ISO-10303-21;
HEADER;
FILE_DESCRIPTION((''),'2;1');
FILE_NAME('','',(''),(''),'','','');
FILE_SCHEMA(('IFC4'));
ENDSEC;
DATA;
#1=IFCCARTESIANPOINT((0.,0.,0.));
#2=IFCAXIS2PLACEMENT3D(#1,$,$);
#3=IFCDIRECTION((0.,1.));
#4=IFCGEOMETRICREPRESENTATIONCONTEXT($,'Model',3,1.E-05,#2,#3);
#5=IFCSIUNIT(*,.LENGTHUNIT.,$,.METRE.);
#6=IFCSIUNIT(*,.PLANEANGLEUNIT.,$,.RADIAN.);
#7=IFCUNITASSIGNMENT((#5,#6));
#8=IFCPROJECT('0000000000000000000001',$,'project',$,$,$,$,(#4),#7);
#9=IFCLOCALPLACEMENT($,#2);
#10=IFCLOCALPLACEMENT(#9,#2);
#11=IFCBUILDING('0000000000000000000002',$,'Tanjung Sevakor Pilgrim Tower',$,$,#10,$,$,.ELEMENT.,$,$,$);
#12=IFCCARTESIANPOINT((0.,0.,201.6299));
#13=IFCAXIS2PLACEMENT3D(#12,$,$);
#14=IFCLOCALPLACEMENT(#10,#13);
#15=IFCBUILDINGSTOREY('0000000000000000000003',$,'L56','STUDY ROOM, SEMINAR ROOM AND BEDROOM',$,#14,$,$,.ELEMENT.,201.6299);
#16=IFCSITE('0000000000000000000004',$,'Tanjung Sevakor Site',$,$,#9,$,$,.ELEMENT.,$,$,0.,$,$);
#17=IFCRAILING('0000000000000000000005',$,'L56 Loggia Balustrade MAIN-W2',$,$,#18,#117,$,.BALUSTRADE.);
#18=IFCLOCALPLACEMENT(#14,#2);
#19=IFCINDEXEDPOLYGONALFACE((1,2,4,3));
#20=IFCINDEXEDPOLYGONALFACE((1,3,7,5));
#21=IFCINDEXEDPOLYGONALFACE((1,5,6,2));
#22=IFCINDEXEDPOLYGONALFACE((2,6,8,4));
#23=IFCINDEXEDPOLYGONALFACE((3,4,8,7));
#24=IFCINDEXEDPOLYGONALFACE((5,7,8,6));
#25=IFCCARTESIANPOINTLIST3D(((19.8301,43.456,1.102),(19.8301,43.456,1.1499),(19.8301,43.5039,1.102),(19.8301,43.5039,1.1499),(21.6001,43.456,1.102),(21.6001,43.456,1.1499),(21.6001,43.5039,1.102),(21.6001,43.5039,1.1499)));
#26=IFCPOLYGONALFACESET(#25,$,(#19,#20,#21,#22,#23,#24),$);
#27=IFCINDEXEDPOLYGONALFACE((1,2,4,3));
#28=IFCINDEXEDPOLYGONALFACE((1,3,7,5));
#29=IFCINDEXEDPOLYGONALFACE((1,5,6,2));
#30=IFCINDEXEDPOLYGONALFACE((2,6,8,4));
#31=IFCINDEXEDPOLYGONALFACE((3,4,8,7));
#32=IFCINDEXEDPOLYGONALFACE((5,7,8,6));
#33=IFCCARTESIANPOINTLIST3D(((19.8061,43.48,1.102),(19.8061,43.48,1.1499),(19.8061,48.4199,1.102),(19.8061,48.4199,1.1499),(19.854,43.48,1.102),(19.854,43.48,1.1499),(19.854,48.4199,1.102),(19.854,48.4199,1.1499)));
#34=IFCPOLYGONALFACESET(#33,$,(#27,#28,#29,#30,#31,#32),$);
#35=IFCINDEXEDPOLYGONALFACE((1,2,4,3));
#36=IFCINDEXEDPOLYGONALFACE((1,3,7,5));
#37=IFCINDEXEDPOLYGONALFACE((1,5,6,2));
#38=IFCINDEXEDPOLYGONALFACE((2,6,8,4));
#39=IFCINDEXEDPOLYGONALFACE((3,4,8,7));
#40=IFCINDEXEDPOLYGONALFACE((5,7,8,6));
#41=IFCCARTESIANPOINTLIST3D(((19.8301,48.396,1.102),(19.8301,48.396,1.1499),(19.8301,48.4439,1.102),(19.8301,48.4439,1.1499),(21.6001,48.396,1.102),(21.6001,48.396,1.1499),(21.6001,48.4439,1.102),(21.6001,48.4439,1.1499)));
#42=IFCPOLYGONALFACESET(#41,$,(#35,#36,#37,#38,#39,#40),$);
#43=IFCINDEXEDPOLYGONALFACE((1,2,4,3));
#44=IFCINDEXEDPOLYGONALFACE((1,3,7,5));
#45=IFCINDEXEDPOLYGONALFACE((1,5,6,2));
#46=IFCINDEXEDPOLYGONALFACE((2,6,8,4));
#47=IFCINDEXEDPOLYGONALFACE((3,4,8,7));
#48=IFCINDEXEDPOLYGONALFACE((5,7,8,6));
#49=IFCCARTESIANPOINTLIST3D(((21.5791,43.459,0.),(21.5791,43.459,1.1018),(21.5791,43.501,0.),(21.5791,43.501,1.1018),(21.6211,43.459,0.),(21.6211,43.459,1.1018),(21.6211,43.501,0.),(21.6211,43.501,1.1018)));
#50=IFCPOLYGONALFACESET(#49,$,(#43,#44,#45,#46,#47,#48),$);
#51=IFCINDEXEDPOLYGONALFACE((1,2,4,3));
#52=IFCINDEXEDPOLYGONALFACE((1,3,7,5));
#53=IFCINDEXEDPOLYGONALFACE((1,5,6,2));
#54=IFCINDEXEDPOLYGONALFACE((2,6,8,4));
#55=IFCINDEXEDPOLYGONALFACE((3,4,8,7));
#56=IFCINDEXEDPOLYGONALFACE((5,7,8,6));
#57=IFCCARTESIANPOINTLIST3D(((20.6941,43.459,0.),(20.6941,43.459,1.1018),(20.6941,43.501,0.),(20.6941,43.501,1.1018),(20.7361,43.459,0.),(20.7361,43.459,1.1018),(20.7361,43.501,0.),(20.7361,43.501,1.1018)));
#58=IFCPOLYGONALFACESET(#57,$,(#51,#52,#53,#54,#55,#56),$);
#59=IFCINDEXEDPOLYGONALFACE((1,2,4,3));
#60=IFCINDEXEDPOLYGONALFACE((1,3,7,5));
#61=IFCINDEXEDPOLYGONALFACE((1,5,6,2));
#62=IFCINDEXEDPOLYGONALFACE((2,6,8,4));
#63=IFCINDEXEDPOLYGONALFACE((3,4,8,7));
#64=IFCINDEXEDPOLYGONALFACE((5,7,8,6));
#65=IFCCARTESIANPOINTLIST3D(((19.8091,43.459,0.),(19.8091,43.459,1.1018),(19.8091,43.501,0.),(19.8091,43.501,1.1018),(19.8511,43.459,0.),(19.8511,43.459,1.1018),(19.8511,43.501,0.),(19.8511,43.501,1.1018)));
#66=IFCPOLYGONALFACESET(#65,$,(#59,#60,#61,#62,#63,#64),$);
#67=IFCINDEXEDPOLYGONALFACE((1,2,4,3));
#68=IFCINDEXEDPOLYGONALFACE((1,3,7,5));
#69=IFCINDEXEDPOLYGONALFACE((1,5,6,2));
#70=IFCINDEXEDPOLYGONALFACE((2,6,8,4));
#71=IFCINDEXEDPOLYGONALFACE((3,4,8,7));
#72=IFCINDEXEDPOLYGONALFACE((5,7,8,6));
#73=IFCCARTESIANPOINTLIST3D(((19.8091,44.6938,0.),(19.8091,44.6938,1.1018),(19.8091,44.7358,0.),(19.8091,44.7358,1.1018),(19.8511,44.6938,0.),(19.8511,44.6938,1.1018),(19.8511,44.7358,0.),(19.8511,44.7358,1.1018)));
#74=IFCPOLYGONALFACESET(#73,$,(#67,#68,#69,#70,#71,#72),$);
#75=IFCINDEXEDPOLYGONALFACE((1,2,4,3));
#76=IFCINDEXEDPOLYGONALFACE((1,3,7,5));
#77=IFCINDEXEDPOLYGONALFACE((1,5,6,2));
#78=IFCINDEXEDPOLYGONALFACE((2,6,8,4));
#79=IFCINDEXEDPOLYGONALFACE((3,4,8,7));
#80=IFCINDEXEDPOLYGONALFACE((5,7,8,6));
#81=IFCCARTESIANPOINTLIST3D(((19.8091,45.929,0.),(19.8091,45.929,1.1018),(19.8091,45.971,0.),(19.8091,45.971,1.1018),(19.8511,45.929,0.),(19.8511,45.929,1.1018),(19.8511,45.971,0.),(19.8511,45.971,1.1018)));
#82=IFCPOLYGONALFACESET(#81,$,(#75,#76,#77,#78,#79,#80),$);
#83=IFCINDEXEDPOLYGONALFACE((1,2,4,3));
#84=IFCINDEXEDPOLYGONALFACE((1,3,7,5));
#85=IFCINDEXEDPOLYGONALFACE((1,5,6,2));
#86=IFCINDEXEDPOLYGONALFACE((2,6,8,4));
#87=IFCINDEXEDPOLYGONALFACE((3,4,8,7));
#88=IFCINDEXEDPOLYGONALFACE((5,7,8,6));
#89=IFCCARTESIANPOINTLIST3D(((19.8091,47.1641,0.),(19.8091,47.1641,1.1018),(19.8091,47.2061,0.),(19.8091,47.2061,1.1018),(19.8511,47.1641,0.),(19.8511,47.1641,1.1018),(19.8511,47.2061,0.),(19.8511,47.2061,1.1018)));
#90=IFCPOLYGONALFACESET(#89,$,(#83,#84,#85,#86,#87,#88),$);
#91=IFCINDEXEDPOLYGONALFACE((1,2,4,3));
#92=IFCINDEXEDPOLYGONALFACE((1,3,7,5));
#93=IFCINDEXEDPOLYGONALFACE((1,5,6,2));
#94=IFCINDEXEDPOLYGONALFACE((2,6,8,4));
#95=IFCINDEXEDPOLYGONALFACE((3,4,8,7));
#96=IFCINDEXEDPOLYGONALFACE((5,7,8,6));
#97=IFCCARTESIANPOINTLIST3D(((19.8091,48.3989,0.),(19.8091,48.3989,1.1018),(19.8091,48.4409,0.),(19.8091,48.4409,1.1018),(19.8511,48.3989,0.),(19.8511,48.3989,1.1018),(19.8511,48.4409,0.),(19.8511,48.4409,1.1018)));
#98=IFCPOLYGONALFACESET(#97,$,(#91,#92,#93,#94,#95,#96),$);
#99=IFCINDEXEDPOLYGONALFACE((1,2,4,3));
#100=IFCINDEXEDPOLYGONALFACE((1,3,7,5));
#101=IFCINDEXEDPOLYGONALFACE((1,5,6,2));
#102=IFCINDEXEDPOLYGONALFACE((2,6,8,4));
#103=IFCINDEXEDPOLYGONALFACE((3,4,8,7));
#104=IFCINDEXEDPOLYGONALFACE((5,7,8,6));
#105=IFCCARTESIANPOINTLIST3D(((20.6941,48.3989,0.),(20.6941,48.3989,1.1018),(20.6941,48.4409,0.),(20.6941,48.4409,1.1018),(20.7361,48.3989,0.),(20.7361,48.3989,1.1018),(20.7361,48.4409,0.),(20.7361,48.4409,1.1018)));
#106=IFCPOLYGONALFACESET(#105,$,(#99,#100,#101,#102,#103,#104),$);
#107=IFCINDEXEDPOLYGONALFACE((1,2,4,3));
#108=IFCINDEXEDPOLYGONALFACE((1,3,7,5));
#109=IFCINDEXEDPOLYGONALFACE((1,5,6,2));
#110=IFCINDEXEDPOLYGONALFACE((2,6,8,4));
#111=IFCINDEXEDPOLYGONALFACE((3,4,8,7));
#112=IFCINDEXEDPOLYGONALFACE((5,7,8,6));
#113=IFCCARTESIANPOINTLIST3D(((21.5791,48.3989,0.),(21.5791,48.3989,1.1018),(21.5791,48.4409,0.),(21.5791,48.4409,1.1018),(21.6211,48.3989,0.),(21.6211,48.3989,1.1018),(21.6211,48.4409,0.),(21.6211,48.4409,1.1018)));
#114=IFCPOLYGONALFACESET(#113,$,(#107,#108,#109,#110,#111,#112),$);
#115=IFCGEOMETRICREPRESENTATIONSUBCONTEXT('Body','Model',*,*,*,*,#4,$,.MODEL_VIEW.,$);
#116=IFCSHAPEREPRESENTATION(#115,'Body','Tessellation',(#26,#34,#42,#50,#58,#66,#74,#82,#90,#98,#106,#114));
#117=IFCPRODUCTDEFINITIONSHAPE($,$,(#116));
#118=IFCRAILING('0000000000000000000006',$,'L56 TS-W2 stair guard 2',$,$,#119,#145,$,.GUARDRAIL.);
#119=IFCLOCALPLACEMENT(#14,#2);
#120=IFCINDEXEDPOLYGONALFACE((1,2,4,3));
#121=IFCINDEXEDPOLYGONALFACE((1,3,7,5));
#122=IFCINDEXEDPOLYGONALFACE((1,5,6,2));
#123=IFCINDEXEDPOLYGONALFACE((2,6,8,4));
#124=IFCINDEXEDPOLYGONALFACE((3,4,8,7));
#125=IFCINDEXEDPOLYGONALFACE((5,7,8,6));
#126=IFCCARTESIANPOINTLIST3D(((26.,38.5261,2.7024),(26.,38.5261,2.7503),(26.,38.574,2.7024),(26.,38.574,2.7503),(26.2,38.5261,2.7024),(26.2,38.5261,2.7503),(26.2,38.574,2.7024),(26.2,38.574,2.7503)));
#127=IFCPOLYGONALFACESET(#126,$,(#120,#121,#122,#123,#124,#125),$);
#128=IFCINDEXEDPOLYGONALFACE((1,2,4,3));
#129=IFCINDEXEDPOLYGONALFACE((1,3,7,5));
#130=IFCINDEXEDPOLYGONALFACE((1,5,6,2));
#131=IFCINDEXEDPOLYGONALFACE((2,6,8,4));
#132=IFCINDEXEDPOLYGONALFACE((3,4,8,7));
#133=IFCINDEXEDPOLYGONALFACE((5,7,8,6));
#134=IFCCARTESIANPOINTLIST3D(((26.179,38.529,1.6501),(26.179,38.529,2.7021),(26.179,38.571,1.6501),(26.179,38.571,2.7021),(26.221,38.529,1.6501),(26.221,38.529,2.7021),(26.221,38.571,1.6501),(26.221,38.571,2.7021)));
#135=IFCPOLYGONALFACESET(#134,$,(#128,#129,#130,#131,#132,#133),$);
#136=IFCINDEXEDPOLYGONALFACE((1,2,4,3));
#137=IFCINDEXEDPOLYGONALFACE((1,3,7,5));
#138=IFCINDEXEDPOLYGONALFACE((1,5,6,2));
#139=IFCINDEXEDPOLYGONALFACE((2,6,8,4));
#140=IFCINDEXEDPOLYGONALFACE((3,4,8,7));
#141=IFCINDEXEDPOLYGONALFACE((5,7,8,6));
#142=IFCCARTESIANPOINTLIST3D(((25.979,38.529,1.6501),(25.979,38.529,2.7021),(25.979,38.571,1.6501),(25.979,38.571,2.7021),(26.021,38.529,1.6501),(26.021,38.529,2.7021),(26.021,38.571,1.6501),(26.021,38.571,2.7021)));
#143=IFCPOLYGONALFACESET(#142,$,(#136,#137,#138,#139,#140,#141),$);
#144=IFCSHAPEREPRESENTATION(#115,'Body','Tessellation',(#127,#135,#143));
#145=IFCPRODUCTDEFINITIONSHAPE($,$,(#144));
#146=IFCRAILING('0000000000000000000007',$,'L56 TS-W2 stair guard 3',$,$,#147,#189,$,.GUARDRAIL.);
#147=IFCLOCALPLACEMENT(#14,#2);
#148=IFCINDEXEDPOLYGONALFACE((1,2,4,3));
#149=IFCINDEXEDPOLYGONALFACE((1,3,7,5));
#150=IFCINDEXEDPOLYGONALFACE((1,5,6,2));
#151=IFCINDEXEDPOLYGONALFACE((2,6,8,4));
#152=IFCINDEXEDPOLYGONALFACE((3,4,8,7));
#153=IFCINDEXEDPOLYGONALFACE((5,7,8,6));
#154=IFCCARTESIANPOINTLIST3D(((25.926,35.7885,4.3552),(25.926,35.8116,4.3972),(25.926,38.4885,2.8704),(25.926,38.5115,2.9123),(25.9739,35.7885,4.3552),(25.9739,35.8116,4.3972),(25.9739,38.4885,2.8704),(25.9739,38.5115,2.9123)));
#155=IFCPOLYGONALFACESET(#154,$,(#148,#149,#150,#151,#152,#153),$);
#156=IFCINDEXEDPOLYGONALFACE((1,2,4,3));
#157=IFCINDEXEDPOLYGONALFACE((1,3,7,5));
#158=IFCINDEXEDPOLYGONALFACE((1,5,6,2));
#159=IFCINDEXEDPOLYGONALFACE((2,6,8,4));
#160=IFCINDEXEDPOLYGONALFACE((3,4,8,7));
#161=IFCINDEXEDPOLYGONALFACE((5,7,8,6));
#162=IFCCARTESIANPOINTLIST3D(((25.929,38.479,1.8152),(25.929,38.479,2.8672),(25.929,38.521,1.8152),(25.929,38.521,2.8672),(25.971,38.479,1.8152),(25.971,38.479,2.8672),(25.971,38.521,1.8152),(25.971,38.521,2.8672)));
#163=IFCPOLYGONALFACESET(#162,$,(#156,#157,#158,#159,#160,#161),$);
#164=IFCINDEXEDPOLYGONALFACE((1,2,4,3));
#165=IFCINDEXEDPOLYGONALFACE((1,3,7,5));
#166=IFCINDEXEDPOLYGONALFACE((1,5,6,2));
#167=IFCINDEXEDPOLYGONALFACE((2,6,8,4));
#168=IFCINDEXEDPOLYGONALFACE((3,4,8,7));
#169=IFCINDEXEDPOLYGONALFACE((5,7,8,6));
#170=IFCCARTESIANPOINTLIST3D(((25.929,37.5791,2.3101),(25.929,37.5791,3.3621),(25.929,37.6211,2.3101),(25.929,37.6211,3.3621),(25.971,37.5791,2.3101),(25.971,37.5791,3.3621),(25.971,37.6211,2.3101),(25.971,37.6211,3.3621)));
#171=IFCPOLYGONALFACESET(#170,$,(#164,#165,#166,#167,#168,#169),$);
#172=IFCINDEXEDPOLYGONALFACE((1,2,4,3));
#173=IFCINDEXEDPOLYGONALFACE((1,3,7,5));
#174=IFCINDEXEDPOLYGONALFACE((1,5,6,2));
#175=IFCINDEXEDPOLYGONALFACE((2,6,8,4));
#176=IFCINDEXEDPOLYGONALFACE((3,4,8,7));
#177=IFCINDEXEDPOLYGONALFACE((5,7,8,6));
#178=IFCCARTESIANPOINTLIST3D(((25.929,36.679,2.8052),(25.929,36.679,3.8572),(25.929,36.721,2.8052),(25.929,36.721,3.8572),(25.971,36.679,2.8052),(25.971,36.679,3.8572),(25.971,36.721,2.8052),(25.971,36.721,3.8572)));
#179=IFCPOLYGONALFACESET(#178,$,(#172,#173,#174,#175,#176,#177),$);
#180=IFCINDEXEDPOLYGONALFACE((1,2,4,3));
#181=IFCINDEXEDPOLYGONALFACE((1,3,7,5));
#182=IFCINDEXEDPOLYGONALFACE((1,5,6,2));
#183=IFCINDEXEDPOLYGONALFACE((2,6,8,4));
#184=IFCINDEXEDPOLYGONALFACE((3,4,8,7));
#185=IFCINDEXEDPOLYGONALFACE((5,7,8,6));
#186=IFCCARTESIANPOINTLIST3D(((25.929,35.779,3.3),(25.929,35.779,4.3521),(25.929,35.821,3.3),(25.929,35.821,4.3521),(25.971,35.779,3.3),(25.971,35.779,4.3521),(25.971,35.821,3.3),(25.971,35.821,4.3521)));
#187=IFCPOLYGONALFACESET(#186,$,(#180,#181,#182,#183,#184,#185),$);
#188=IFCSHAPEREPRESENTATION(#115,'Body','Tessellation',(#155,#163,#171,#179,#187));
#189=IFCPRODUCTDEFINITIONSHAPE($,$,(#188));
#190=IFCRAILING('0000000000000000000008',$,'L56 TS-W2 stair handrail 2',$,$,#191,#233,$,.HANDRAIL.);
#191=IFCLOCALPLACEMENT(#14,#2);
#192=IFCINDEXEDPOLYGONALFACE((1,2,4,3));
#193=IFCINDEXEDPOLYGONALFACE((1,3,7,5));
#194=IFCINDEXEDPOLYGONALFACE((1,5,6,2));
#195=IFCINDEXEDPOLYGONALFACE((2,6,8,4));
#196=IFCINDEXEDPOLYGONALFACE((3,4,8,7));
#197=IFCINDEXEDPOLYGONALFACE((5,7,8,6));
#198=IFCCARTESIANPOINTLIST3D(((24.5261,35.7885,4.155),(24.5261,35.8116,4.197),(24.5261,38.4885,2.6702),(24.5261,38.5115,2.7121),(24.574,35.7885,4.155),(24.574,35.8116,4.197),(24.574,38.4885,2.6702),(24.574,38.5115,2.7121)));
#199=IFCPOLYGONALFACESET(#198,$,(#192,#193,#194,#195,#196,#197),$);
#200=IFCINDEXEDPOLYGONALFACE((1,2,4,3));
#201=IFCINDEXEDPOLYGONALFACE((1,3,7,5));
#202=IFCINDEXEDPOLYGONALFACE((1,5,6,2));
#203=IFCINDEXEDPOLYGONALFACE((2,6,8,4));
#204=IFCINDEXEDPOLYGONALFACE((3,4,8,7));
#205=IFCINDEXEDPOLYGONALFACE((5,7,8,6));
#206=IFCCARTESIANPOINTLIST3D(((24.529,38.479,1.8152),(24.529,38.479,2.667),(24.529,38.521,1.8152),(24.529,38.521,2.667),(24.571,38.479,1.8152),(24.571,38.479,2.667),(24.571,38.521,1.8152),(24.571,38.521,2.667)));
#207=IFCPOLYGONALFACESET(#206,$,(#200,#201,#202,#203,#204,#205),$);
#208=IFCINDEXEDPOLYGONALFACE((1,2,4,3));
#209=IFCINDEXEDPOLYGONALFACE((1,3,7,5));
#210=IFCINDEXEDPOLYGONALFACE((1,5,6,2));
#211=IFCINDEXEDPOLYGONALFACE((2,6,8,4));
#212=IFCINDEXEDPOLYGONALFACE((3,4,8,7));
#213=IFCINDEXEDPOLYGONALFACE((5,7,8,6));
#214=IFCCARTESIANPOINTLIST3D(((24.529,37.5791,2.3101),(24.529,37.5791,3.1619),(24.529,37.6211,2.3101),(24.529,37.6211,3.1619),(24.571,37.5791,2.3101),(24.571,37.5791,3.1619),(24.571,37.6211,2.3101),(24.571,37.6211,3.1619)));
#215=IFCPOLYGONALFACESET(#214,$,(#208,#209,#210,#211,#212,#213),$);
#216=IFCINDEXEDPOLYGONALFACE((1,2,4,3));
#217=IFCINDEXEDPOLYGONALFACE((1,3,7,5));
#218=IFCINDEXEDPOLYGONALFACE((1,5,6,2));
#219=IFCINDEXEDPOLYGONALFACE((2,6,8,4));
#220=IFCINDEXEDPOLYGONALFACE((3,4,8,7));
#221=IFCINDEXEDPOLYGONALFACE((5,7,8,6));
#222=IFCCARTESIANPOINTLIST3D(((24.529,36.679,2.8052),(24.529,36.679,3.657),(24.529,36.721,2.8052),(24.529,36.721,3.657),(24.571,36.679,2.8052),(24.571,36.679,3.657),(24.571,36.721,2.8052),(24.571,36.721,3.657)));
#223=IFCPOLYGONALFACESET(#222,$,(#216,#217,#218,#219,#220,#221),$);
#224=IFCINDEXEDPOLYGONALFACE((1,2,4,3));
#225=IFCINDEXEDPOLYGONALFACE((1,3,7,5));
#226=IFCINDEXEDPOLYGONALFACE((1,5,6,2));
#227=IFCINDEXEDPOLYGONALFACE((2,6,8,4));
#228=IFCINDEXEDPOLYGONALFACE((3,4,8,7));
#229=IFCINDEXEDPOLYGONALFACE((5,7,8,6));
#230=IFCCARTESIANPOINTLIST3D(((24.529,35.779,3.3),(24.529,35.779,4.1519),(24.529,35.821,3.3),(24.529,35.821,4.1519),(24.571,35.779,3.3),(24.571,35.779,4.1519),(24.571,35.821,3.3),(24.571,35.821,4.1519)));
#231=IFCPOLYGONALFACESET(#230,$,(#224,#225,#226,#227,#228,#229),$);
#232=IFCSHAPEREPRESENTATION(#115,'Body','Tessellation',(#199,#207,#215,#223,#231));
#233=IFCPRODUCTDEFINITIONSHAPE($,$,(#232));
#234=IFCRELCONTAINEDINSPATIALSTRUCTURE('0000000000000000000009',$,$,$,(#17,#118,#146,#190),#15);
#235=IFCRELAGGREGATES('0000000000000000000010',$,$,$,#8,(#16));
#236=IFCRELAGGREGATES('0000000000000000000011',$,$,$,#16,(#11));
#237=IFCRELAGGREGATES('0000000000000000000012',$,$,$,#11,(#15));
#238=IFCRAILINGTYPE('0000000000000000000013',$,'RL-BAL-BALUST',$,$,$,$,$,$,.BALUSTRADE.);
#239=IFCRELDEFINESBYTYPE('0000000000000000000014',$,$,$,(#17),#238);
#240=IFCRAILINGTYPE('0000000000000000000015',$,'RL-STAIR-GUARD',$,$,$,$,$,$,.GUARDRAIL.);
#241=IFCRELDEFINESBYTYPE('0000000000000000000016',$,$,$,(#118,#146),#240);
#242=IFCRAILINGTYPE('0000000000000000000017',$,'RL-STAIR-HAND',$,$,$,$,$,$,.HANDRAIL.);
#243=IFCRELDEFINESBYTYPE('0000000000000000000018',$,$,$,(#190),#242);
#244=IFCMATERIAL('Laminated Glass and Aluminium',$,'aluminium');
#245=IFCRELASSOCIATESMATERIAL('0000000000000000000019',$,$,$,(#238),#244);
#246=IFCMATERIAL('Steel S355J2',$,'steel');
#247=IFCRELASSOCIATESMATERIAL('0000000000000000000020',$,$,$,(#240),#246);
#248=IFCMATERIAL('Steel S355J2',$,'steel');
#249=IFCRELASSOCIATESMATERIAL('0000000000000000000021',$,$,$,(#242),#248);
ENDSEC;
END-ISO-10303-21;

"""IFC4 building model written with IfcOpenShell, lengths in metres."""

from ifc_helpers import new_model, si_unit, direction, frame, origin, place, context, subcontext, project, spatial, rectangle, extrude, material, type_object, element, save


model = new_model("IFC4")

# Units and contexts
model_context = context("Model", 3, precision=1e-05, world=origin(), true_north=direction((0.0, 1.0)))
body_context = subcontext(model_context, "Body", "Model", "MODEL_VIEW")
ifc_project = project(units=[si_unit("LENGTHUNIT", "METRE"), si_unit("PLANEANGLEUNIT", "RADIAN")], contexts=[model_context])

# Site, building, storey
site_placement = place(None, origin())
site = spatial("IfcSite", under=ifc_project, at=site_placement, Name="Tanjung Sevakor Site", CompositionType="ELEMENT", RefElevation=0.0)
building_placement = place(site_placement, origin())
building = spatial("IfcBuilding", under=site, at=building_placement, Name="Tanjung Sevakor Pilgrim Tower", CompositionType="ELEMENT")
storey_placement = place(building_placement, frame((0.0, 0.0, 201.6299)))
storey = spatial("IfcBuildingStorey", under=building, at=storey_placement, Name="L56", Description="STUDY ROOM, SEMINAR ROOM AND BEDROOM", CompositionType="ELEMENT", Elevation=201.6299)

# Railings
ifc_material_1 = material(Name="Laminated Glass and Aluminium", Category="aluminium")
railing_type_1 = type_object("IfcRailingType", Name="RL-BAL-BALUST", PredefinedType="BALUSTRADE", material=ifc_material_1)
railing_1_placement = place(storey_placement, frame((21.6001, 43.48, 0.0)))
element("IfcRailing", 1, at=railing_1_placement, inside=storey, type_object=railing_type_1, Name="L56 Loggia Balustrade MAIN-W2", PredefinedType="BALUSTRADE", context=body_context, shape_type="SweptSolid", body=[
    extrude(rectangle(XDim=0.0479, YDim=0.0479), frame((0.0, 0.0, 1.126), z_axis=(-1.0, 0.0, 0.0), x_axis=(0.0, -1.0, 0.0)), (0.0, 0.0, 1.0), 1.77),
    extrude(rectangle(XDim=0.0479, YDim=0.0479), frame((-1.77, 0.0, 1.126), z_axis=(0.0, 1.0, 0.0), x_axis=(-1.0, 0.0, 0.0)), (0.0, 0.0, 1.0), 4.9399),
    extrude(rectangle(XDim=0.0479, YDim=0.0479), frame((-1.77, 4.9399, 1.126), z_axis=(1.0, 0.0, 0.0), x_axis=(0.0, 1.0, 0.0)), (0.0, 0.0, 1.0), 1.77),
    extrude(rectangle(XDim=0.042, YDim=0.042), origin(), (0.0, 0.0, 1.0), 1.1018),
    extrude(rectangle(XDim=0.042, YDim=0.042), frame((-0.885, 0.0, 0.0)), (0.0, 0.0, 1.0), 1.1018),
    extrude(rectangle(XDim=0.042, YDim=0.042), frame((-1.77, 0.0, 0.0)), (0.0, 0.0, 1.0), 1.1018),
    extrude(rectangle(XDim=0.042, YDim=0.042), frame((-1.77, 1.2349, 0.0)), (0.0, 0.0, 1.0), 1.1018),
    extrude(rectangle(XDim=0.042, YDim=0.042), frame((-1.77, 2.47, 0.0)), (0.0, 0.0, 1.0), 1.1018),
    extrude(rectangle(XDim=0.042, YDim=0.042), frame((-1.77, 3.7051, 0.0)), (0.0, 0.0, 1.0), 1.1018),
    extrude(rectangle(XDim=0.042, YDim=0.042), frame((-1.77, 4.9399, 0.0)), (0.0, 0.0, 1.0), 1.1018),
    extrude(rectangle(XDim=0.042, YDim=0.042), frame((-0.885, 4.9399, 0.0)), (0.0, 0.0, 1.0), 1.1018),
    extrude(rectangle(XDim=0.042, YDim=0.042), frame((0.0, 4.9399, 0.0)), (0.0, 0.0, 1.0), 1.1018),
])
ifc_material_2 = material(Name="Steel S355J2", Category="steel")
railing_type_2 = type_object("IfcRailingType", Name="RL-STAIR-GUARD", PredefinedType="GUARDRAIL", material=ifc_material_2)
railing_2_placement = place(storey_placement, frame((26.2, 38.55, 1.6501)))
element("IfcRailing", 2, at=railing_2_placement, inside=storey, type_object=railing_type_2, Name="L56 TS-W2 stair guard 2", PredefinedType="GUARDRAIL", context=body_context, shape_type="SweptSolid", body=[
    extrude(rectangle(XDim=0.0479, YDim=0.0479), frame((0.0, 0.0, 1.0762), z_axis=(-1.0, 0.0, 0.0), x_axis=(0.0, -1.0, 0.0)), (0.0, 0.0, 1.0), 0.2),
    extrude(rectangle(XDim=0.042, YDim=0.042), origin(), (0.0, 0.0, 1.0), 1.052),
    extrude(rectangle(XDim=0.042, YDim=0.042), frame((-0.2, 0.0, 0.0)), (0.0, 0.0, 1.0), 1.052),
])
railing_3_placement = place(storey_placement, frame((25.95, 38.5, 1.8152)))
element("IfcRailing", 3, at=railing_3_placement, inside=storey, type_object=railing_type_2, Name="L56 TS-W2 stair guard 3", PredefinedType="GUARDRAIL", context=body_context, shape_type="SweptSolid", body=[
    extrude(rectangle(XDim=0.0479, YDim=0.0479), frame((0.0, 0.0, 1.0762), z_axis=(0.0, -0.876231, 0.481891), x_axis=(1.0, 0.0, 0.0)), (0.0, 0.0, 1.0), 3.0813),
    extrude(rectangle(XDim=0.042, YDim=0.042), origin(), (0.0, 0.0, 1.0), 1.052),
    extrude(rectangle(XDim=0.042, YDim=0.042), frame((0.0, -0.8999, 0.4949)), (0.0, 0.0, 1.0), 1.052),
    extrude(rectangle(XDim=0.042, YDim=0.042), frame((0.0, -1.8, 0.99)), (0.0, 0.0, 1.0), 1.052),
    extrude(rectangle(XDim=0.042, YDim=0.042), frame((0.0, -2.7, 1.4849)), (0.0, 0.0, 1.0), 1.052),
])
ifc_material_3 = material(Name="Steel S355J2", Category="steel")
railing_type_3 = type_object("IfcRailingType", Name="RL-STAIR-HAND", PredefinedType="HANDRAIL", material=ifc_material_3)
railing_4_placement = place(storey_placement, frame((24.55, 38.5, 1.8152)))
element("IfcRailing", 4, at=railing_4_placement, inside=storey, type_object=railing_type_3, Name="L56 TS-W2 stair handrail 2", PredefinedType="HANDRAIL", context=body_context, shape_type="SweptSolid", body=[
    extrude(rectangle(XDim=0.0479, YDim=0.0479), frame((0.0, 0.0, 0.876), z_axis=(0.0, -0.876231, 0.481891), x_axis=(1.0, 0.0, 0.0)), (0.0, 0.0, 1.0), 3.0813),
    extrude(rectangle(XDim=0.042, YDim=0.042), origin(), (0.0, 0.0, 1.0), 0.8518),
    extrude(rectangle(XDim=0.042, YDim=0.042), frame((0.0, -0.8999, 0.4949)), (0.0, 0.0, 1.0), 0.8518),
    extrude(rectangle(XDim=0.042, YDim=0.042), frame((0.0, -1.8, 0.99)), (0.0, 0.0, 1.0), 0.8518),
    extrude(rectangle(XDim=0.042, YDim=0.042), frame((0.0, -2.7, 1.4849)), (0.0, 0.0, 1.0), 0.8518),
])

save(model, "model.ifc")
